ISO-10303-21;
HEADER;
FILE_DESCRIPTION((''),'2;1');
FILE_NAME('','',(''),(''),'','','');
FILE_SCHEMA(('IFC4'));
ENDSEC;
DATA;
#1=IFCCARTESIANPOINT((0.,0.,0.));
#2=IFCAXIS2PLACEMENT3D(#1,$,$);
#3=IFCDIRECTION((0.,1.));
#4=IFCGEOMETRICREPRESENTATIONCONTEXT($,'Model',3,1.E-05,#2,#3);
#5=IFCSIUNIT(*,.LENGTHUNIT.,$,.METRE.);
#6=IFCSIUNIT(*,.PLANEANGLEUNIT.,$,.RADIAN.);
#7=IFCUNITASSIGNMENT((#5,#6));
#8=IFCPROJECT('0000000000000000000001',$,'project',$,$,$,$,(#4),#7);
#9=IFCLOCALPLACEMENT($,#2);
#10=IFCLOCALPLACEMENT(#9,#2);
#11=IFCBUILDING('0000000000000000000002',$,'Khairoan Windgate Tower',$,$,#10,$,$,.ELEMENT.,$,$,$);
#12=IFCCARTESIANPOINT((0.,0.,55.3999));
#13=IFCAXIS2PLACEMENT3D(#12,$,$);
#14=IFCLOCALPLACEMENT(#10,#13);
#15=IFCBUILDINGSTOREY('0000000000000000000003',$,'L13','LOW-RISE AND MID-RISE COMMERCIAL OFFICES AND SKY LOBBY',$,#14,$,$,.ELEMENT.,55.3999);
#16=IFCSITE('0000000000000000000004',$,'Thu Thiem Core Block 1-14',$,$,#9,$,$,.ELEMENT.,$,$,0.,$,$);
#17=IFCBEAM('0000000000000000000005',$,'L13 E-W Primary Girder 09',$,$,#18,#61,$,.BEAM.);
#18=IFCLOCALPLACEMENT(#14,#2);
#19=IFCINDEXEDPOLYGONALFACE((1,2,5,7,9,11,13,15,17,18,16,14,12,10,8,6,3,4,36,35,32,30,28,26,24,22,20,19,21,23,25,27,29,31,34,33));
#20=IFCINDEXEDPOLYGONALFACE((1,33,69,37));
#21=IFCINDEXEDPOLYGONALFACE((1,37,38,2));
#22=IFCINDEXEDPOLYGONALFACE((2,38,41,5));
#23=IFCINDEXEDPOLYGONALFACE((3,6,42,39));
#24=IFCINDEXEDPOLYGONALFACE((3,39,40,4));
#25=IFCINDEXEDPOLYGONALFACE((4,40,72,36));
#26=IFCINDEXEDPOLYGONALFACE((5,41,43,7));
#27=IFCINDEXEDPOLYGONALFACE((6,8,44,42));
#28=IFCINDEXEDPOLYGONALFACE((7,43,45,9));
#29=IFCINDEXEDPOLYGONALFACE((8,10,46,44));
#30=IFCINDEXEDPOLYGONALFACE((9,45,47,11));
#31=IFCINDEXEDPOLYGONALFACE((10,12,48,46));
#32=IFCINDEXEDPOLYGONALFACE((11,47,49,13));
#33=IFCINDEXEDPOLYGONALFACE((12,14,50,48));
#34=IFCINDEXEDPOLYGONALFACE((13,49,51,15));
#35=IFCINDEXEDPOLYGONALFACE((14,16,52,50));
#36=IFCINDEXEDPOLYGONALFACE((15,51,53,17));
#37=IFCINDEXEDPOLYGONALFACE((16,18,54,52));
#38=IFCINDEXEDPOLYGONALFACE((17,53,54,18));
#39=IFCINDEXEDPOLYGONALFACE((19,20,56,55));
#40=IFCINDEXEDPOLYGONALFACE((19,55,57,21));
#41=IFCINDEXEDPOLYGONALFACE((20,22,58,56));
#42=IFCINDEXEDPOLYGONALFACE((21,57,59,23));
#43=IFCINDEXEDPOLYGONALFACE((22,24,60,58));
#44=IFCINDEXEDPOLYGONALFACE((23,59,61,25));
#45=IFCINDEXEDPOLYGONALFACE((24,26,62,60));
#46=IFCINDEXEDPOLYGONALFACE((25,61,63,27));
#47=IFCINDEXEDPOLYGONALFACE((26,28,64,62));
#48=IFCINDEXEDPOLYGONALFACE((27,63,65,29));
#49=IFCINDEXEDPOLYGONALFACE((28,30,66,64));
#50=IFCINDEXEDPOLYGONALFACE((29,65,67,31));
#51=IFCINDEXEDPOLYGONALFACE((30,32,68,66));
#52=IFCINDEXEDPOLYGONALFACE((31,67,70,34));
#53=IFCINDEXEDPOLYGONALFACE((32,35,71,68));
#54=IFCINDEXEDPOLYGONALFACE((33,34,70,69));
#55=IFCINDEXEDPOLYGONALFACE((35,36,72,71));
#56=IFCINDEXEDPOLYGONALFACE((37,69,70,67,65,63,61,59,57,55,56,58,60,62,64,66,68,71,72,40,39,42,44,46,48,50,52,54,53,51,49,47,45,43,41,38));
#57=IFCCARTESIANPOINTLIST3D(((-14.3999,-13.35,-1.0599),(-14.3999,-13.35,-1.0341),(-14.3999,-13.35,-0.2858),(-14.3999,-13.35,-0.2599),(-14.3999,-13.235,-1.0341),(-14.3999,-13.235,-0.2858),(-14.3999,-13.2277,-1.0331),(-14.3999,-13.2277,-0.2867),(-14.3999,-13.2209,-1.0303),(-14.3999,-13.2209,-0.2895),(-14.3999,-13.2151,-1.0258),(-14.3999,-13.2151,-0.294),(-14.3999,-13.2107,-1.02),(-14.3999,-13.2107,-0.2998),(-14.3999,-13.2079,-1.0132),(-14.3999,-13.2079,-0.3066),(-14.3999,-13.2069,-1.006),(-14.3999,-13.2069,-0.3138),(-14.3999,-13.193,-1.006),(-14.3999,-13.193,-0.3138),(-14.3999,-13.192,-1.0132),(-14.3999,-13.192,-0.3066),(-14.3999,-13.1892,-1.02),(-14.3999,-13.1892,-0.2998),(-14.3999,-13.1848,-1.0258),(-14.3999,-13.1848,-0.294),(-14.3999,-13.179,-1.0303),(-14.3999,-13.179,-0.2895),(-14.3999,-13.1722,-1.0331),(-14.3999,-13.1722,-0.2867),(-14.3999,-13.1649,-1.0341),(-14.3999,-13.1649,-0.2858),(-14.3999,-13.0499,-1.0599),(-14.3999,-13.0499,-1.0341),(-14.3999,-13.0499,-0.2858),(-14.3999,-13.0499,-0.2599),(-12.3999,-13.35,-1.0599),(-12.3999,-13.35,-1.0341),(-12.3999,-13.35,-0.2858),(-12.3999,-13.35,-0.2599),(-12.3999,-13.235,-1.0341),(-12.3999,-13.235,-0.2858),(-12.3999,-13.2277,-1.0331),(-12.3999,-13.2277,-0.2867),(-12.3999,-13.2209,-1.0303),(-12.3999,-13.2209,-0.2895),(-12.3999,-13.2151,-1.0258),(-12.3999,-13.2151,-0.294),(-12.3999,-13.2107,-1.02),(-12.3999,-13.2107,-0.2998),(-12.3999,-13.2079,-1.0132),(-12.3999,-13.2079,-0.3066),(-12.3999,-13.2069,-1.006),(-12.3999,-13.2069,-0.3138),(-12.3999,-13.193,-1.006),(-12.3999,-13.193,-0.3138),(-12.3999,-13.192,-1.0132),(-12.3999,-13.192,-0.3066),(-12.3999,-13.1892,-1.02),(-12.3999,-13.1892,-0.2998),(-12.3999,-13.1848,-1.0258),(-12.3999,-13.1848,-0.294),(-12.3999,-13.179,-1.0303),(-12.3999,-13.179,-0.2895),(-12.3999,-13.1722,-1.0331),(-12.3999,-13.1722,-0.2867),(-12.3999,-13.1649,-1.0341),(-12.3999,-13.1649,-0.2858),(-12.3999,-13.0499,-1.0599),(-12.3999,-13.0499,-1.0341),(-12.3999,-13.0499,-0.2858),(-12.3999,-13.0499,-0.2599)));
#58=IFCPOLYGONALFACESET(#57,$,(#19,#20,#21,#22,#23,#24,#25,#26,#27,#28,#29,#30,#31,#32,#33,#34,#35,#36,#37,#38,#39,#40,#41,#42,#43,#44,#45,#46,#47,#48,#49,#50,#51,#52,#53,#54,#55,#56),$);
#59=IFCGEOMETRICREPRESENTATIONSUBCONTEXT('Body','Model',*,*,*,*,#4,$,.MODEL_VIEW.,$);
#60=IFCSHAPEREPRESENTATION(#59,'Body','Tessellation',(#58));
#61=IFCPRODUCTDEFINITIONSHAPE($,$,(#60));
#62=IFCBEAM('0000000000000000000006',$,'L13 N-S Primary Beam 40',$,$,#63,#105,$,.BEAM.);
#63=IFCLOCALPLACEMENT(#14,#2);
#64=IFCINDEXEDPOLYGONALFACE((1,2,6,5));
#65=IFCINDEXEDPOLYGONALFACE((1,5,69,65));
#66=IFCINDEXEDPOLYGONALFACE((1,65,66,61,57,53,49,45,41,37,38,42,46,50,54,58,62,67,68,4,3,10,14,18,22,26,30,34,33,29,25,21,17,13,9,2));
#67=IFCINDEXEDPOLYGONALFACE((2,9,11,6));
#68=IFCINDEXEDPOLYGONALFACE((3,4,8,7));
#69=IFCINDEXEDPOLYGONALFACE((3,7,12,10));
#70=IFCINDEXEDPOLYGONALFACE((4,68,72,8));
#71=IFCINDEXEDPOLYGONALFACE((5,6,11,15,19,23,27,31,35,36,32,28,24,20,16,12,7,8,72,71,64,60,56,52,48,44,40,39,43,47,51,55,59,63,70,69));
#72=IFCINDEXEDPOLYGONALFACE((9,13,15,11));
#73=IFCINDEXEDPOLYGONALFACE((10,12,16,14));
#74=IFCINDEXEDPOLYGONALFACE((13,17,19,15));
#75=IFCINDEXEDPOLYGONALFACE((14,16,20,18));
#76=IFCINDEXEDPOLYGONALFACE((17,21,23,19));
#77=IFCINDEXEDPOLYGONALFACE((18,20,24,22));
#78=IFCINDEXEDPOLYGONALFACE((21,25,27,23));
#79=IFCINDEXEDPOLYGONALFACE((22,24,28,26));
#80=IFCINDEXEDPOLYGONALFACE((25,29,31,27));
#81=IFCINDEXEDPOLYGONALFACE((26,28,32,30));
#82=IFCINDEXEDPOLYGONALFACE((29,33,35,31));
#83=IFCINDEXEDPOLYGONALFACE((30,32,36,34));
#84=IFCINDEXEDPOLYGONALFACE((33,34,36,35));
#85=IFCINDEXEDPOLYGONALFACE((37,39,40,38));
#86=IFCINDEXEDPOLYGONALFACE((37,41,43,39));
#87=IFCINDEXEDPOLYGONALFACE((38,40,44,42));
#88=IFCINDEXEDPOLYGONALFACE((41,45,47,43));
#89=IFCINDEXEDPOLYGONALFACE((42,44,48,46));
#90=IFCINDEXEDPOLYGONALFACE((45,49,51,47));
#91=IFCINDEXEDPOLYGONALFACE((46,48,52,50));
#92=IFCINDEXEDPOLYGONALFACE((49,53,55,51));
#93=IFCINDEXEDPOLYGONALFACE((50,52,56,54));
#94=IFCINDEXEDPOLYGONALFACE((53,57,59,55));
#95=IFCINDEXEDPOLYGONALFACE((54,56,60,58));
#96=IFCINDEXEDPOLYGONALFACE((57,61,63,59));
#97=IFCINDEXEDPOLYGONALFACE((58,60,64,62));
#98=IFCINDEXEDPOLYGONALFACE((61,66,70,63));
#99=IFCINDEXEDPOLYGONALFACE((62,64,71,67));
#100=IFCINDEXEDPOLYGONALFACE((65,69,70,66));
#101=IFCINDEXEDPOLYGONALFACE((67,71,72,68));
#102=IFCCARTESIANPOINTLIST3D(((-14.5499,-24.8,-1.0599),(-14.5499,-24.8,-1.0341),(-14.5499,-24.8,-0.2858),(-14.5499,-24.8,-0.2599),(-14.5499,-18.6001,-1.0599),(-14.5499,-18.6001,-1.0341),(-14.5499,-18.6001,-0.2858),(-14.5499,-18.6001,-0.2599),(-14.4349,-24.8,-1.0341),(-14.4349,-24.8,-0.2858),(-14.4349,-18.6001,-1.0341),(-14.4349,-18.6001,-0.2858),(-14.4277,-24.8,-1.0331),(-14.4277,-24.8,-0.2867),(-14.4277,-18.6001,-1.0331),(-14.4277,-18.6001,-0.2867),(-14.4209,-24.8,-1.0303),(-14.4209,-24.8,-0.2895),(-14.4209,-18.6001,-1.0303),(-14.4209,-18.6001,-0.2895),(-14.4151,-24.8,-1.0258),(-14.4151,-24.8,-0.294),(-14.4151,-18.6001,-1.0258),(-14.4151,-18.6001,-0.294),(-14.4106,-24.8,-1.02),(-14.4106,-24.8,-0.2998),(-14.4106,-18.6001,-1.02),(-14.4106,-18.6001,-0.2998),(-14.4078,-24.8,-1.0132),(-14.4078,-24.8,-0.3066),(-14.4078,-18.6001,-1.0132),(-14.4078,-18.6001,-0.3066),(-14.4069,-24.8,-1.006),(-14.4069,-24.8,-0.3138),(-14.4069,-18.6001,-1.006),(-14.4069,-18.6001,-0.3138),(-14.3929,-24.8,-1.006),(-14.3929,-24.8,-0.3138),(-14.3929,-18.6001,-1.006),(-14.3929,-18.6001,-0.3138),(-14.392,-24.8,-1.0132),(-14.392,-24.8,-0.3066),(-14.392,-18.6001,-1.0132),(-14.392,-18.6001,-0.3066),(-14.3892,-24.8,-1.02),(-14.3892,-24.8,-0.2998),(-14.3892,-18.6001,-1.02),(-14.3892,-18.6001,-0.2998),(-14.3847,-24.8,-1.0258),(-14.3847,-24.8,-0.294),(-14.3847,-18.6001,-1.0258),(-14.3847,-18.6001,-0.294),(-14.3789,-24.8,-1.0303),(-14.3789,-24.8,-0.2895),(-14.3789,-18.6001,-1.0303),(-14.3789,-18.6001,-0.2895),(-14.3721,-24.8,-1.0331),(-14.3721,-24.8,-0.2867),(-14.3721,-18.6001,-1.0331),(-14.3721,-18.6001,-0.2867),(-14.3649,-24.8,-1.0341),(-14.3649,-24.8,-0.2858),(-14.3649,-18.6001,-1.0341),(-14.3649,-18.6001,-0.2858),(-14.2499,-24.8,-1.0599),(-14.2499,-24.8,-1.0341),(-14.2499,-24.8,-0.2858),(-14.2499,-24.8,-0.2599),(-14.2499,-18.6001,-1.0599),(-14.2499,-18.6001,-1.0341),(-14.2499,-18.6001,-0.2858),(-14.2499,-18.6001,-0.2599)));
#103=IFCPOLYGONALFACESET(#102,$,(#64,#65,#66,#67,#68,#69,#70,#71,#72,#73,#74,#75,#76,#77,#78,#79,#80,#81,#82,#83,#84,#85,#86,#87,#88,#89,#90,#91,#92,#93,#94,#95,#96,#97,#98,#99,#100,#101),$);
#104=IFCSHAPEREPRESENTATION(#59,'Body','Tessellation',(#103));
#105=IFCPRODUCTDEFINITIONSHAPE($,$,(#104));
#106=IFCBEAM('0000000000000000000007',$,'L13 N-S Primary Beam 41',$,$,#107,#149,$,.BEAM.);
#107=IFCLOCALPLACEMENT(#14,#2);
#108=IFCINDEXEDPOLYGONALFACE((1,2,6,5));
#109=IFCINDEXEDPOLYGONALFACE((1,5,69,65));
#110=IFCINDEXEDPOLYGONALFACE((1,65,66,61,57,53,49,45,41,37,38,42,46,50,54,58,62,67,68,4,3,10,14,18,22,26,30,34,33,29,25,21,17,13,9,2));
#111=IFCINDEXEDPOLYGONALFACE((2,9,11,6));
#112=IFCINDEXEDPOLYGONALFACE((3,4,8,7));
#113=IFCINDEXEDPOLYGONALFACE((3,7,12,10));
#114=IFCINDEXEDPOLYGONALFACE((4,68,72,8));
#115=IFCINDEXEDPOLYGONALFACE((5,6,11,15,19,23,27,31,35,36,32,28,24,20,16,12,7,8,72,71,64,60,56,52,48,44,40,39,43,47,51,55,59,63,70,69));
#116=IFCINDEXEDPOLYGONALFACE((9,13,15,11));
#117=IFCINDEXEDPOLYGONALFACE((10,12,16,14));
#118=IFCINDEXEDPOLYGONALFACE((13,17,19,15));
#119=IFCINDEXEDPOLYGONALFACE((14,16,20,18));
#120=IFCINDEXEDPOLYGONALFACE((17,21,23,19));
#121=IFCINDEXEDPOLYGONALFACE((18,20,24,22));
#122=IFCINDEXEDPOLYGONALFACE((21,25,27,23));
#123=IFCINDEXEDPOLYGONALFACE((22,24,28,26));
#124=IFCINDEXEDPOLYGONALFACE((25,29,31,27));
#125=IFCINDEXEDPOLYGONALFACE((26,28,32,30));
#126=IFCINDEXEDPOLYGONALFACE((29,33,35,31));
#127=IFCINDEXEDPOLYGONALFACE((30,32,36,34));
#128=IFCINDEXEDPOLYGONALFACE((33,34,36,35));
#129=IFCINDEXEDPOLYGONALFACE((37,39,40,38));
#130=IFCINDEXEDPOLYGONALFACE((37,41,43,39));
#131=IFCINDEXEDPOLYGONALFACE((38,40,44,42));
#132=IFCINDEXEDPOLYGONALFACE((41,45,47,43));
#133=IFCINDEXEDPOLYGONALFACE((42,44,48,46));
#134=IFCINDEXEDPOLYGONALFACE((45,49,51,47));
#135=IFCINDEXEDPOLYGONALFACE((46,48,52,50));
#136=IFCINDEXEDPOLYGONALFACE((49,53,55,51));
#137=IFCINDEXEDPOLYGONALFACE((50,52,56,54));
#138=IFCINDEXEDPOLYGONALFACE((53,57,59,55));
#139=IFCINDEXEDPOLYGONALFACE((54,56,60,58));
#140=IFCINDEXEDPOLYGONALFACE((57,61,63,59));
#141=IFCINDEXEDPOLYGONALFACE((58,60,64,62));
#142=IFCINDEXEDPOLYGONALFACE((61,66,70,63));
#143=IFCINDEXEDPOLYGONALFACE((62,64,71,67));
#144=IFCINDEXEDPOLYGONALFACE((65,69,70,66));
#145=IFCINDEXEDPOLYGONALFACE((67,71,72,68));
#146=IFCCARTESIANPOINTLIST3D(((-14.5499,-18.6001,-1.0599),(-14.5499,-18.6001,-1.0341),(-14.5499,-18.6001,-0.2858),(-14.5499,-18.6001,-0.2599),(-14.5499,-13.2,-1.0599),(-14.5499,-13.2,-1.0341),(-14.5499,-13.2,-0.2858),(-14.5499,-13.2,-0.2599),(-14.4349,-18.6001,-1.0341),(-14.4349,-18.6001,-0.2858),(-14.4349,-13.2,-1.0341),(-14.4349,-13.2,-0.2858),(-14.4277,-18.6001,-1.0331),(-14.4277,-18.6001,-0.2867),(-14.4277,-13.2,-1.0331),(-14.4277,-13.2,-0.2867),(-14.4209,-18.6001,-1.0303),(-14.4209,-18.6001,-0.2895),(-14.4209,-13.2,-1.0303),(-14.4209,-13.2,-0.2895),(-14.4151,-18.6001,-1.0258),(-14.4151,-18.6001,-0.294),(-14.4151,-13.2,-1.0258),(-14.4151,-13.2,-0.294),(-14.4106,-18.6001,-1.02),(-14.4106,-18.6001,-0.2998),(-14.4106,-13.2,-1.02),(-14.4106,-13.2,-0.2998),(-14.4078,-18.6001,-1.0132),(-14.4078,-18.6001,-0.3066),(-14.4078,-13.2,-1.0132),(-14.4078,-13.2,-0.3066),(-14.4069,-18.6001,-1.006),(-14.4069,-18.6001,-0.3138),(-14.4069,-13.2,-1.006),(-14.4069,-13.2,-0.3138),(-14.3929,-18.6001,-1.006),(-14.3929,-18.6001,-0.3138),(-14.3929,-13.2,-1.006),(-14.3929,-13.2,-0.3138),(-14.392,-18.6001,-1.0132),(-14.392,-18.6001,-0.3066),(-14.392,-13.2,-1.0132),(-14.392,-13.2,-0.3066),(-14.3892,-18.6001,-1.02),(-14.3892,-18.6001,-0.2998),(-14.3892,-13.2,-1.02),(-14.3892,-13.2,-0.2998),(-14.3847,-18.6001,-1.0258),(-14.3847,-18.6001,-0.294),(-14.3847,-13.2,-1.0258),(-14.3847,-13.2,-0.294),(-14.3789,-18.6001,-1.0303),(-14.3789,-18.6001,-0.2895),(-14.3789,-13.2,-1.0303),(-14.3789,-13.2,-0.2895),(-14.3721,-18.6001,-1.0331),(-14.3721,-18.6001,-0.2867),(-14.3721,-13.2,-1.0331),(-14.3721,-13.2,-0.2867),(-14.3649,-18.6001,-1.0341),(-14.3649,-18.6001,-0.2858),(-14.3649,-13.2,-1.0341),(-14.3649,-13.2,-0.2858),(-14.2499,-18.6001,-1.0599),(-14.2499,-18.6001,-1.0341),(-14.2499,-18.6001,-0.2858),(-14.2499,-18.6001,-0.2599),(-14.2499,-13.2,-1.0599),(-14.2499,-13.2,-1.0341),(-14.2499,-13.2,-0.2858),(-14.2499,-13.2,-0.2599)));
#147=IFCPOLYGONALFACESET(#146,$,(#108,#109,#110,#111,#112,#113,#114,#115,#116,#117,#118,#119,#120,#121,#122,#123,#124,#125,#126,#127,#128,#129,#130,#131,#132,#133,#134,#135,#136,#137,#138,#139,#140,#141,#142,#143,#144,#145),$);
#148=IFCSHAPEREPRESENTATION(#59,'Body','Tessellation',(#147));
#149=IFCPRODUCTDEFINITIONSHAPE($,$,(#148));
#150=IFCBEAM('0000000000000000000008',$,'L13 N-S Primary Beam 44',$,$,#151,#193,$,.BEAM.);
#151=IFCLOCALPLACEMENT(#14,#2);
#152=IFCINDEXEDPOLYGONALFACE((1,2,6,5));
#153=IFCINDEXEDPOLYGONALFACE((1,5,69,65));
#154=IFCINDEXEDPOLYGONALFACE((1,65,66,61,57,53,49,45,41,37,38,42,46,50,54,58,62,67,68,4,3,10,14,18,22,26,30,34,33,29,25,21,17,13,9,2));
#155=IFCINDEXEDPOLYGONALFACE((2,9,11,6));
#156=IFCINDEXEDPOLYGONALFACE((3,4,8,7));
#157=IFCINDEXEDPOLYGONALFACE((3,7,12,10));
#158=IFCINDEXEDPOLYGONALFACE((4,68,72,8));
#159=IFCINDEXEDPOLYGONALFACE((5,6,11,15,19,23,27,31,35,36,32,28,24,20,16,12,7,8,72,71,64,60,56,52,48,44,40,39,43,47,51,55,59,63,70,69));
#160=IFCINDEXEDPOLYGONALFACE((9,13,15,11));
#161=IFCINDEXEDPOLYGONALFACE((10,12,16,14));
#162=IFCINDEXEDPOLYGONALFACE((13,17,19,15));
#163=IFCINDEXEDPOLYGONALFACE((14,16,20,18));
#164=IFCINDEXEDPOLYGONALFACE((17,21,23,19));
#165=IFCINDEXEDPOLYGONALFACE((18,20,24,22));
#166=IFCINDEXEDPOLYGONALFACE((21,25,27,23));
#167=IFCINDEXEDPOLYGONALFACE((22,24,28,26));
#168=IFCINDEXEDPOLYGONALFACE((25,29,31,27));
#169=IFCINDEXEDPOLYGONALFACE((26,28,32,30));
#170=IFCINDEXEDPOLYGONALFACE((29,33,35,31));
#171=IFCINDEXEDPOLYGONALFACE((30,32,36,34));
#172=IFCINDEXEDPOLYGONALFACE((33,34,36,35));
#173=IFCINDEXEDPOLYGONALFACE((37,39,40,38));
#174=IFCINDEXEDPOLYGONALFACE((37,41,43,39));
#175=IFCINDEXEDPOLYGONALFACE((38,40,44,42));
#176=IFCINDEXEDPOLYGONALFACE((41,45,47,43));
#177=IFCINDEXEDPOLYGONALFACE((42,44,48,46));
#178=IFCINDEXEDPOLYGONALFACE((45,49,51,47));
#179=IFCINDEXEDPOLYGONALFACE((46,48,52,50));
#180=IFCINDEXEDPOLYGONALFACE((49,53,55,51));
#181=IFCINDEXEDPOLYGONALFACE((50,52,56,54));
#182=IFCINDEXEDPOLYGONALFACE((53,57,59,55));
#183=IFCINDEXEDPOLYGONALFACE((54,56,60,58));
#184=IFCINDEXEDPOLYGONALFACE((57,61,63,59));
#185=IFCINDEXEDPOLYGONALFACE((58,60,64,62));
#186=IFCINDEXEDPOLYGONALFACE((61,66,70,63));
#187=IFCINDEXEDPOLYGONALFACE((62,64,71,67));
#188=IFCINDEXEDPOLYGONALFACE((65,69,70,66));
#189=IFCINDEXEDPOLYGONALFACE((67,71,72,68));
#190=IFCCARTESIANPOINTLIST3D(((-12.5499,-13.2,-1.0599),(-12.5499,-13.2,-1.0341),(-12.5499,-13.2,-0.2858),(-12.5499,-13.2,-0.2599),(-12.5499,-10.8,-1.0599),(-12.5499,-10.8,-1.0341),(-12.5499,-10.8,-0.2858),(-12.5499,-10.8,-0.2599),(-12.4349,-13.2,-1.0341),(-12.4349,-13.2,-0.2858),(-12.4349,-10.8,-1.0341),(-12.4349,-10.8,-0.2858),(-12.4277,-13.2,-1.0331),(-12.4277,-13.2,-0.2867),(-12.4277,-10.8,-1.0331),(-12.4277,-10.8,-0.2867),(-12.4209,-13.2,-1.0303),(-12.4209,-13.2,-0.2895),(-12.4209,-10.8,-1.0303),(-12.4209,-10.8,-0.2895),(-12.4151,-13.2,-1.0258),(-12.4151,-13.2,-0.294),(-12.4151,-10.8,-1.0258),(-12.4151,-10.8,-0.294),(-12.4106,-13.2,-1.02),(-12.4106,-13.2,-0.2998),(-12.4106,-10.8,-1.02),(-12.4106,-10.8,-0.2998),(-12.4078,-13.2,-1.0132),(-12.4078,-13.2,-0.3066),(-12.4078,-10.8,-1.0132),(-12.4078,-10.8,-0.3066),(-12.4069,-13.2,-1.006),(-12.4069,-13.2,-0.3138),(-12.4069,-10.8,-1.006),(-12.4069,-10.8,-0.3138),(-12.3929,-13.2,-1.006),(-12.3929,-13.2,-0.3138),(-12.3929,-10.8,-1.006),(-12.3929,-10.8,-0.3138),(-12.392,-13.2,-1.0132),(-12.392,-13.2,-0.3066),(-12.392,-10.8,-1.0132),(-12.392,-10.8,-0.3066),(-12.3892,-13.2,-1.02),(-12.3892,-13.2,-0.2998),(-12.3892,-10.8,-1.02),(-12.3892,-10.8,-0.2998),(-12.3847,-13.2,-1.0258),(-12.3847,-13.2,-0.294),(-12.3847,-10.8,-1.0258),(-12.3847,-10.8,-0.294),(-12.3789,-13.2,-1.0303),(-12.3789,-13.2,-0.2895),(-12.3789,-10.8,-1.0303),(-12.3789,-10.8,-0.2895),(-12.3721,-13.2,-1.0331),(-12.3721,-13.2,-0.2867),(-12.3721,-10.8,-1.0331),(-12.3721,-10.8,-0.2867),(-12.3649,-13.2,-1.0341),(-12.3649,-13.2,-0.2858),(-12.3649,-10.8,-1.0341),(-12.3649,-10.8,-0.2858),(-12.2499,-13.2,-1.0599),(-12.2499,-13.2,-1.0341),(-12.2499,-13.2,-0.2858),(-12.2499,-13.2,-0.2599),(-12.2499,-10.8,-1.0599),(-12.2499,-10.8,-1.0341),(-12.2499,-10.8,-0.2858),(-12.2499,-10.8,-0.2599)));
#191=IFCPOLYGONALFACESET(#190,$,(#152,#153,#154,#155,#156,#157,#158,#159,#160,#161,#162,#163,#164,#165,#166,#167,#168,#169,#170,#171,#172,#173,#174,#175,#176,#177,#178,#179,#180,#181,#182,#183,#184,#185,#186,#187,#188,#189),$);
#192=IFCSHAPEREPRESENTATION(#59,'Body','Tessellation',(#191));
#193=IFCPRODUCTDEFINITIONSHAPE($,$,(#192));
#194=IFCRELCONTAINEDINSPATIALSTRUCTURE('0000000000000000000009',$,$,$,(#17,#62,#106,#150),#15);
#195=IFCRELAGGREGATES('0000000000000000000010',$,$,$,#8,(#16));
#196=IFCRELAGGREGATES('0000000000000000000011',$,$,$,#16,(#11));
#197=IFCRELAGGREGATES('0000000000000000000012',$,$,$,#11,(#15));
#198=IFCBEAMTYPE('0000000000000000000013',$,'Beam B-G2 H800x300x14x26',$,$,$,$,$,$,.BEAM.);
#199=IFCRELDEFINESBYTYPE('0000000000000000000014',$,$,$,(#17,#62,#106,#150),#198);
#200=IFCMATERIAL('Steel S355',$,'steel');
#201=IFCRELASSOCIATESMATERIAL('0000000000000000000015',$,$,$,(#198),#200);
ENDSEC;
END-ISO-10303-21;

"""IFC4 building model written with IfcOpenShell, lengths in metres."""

from ifc_helpers import new_model, si_unit, direction, frame, origin, origin_2d, place, context, subcontext, project, spatial, i_section, extrude, material, material_profile, profile_set, type_object, element, save


model = new_model("IFC4")

# Units and contexts
model_context = context("Model", 3, precision=1e-05, world=origin(), true_north=direction((0.0, 1.0)))
body_context = subcontext(model_context, "Body", "Model", "MODEL_VIEW")
ifc_project = project(units=[si_unit("LENGTHUNIT", "METRE"), si_unit("PLANEANGLEUNIT", "RADIAN")], contexts=[model_context])

# Site, building, storey
site_placement = place(None, origin())
site = spatial("IfcSite", under=ifc_project, at=site_placement, Name="Thu Thiem Core Block 1-14", CompositionType="ELEMENT", RefElevation=0.0)
building_placement = place(site_placement, origin())
building = spatial("IfcBuilding", under=site, at=building_placement, Name="Khairoan Windgate Tower", CompositionType="ELEMENT")
storey_placement = place(building_placement, frame((0.0, 0.0, 55.3999)))
storey = spatial("IfcBuildingStorey", under=building, at=storey_placement, Name="L13", Description="LOW-RISE AND MID-RISE COMMERCIAL OFFICES AND SKY LOBBY", CompositionType="ELEMENT", Elevation=55.3999)

# Beams
ifc_material_1 = material(Name="Steel S355", Category="steel")
ifc_material_profile_1 = material_profile(ifc_material_1, i_section(OverallWidth=0.3, OverallDepth=0.8, WebThickness=0.0139, FlangeThickness=0.0259, FilletRadius=0.0281, at=origin_2d()))
ifc_profile_set_1 = profile_set([ifc_material_profile_1], Name="Steel S355")
beam_type_1 = type_object("IfcBeamType", Name="Beam B-G2 H800x300x14x26", PredefinedType="BEAM", material=ifc_profile_set_1)
beam_1_placement = place(storey_placement, frame((-14.3999, -13.2, -0.6599), z_axis=(1.0, 0.0, 0.0), x_axis=(0.0, 1.0, 0.0)))
element("IfcBeam", 1, at=beam_1_placement, inside=storey, type_object=beam_type_1, Name="L13 E-W Primary Girder 09", PredefinedType="BEAM", context=body_context, shape_type="SweptSolid", body=[
    extrude(i_section(OverallWidth=0.3, OverallDepth=0.8, WebThickness=0.0139, FlangeThickness=0.0259, FilletRadius=0.0281, at=origin_2d()), origin(), (0.0, 0.0, 1.0), 2.0),
])
beam_2_placement = place(storey_placement, frame((-14.3999, -24.8, -0.6599), z_axis=(0.0, 1.0, 0.0), x_axis=(-1.0, 0.0, 0.0)))
element("IfcBeam", 2, at=beam_2_placement, inside=storey, type_object=beam_type_1, Name="L13 N-S Primary Beam 40", PredefinedType="BEAM", context=body_context, shape_type="SweptSolid", body=[
    extrude(i_section(OverallWidth=0.3, OverallDepth=0.8, WebThickness=0.0139, FlangeThickness=0.0259, FilletRadius=0.0281, at=origin_2d()), origin(), (0.0, 0.0, 1.0), 6.2),
])
beam_3_placement = place(storey_placement, frame((-14.3999, -18.6001, -0.6599), z_axis=(0.0, 1.0, 0.0), x_axis=(-1.0, 0.0, 0.0)))
element("IfcBeam", 3, at=beam_3_placement, inside=storey, type_object=beam_type_1, Name="L13 N-S Primary Beam 41", PredefinedType="BEAM", context=body_context, shape_type="SweptSolid", body=[
    extrude(i_section(OverallWidth=0.3, OverallDepth=0.8, WebThickness=0.0139, FlangeThickness=0.0259, FilletRadius=0.0281, at=origin_2d()), origin(), (0.0, 0.0, 1.0), 5.4001),
])
beam_4_placement = place(storey_placement, frame((-12.3999, -13.2, -0.6599), z_axis=(0.0, 1.0, 0.0), x_axis=(-1.0, 0.0, 0.0)))
element("IfcBeam", 4, at=beam_4_placement, inside=storey, type_object=beam_type_1, Name="L13 N-S Primary Beam 44", PredefinedType="BEAM", context=body_context, shape_type="SweptSolid", body=[
    extrude(i_section(OverallWidth=0.3, OverallDepth=0.8, WebThickness=0.0139, FlangeThickness=0.0259, FilletRadius=0.0281, at=origin_2d()), origin(), (0.0, 0.0, 1.0), 2.3999),
])

save(model, "model.ifc")
